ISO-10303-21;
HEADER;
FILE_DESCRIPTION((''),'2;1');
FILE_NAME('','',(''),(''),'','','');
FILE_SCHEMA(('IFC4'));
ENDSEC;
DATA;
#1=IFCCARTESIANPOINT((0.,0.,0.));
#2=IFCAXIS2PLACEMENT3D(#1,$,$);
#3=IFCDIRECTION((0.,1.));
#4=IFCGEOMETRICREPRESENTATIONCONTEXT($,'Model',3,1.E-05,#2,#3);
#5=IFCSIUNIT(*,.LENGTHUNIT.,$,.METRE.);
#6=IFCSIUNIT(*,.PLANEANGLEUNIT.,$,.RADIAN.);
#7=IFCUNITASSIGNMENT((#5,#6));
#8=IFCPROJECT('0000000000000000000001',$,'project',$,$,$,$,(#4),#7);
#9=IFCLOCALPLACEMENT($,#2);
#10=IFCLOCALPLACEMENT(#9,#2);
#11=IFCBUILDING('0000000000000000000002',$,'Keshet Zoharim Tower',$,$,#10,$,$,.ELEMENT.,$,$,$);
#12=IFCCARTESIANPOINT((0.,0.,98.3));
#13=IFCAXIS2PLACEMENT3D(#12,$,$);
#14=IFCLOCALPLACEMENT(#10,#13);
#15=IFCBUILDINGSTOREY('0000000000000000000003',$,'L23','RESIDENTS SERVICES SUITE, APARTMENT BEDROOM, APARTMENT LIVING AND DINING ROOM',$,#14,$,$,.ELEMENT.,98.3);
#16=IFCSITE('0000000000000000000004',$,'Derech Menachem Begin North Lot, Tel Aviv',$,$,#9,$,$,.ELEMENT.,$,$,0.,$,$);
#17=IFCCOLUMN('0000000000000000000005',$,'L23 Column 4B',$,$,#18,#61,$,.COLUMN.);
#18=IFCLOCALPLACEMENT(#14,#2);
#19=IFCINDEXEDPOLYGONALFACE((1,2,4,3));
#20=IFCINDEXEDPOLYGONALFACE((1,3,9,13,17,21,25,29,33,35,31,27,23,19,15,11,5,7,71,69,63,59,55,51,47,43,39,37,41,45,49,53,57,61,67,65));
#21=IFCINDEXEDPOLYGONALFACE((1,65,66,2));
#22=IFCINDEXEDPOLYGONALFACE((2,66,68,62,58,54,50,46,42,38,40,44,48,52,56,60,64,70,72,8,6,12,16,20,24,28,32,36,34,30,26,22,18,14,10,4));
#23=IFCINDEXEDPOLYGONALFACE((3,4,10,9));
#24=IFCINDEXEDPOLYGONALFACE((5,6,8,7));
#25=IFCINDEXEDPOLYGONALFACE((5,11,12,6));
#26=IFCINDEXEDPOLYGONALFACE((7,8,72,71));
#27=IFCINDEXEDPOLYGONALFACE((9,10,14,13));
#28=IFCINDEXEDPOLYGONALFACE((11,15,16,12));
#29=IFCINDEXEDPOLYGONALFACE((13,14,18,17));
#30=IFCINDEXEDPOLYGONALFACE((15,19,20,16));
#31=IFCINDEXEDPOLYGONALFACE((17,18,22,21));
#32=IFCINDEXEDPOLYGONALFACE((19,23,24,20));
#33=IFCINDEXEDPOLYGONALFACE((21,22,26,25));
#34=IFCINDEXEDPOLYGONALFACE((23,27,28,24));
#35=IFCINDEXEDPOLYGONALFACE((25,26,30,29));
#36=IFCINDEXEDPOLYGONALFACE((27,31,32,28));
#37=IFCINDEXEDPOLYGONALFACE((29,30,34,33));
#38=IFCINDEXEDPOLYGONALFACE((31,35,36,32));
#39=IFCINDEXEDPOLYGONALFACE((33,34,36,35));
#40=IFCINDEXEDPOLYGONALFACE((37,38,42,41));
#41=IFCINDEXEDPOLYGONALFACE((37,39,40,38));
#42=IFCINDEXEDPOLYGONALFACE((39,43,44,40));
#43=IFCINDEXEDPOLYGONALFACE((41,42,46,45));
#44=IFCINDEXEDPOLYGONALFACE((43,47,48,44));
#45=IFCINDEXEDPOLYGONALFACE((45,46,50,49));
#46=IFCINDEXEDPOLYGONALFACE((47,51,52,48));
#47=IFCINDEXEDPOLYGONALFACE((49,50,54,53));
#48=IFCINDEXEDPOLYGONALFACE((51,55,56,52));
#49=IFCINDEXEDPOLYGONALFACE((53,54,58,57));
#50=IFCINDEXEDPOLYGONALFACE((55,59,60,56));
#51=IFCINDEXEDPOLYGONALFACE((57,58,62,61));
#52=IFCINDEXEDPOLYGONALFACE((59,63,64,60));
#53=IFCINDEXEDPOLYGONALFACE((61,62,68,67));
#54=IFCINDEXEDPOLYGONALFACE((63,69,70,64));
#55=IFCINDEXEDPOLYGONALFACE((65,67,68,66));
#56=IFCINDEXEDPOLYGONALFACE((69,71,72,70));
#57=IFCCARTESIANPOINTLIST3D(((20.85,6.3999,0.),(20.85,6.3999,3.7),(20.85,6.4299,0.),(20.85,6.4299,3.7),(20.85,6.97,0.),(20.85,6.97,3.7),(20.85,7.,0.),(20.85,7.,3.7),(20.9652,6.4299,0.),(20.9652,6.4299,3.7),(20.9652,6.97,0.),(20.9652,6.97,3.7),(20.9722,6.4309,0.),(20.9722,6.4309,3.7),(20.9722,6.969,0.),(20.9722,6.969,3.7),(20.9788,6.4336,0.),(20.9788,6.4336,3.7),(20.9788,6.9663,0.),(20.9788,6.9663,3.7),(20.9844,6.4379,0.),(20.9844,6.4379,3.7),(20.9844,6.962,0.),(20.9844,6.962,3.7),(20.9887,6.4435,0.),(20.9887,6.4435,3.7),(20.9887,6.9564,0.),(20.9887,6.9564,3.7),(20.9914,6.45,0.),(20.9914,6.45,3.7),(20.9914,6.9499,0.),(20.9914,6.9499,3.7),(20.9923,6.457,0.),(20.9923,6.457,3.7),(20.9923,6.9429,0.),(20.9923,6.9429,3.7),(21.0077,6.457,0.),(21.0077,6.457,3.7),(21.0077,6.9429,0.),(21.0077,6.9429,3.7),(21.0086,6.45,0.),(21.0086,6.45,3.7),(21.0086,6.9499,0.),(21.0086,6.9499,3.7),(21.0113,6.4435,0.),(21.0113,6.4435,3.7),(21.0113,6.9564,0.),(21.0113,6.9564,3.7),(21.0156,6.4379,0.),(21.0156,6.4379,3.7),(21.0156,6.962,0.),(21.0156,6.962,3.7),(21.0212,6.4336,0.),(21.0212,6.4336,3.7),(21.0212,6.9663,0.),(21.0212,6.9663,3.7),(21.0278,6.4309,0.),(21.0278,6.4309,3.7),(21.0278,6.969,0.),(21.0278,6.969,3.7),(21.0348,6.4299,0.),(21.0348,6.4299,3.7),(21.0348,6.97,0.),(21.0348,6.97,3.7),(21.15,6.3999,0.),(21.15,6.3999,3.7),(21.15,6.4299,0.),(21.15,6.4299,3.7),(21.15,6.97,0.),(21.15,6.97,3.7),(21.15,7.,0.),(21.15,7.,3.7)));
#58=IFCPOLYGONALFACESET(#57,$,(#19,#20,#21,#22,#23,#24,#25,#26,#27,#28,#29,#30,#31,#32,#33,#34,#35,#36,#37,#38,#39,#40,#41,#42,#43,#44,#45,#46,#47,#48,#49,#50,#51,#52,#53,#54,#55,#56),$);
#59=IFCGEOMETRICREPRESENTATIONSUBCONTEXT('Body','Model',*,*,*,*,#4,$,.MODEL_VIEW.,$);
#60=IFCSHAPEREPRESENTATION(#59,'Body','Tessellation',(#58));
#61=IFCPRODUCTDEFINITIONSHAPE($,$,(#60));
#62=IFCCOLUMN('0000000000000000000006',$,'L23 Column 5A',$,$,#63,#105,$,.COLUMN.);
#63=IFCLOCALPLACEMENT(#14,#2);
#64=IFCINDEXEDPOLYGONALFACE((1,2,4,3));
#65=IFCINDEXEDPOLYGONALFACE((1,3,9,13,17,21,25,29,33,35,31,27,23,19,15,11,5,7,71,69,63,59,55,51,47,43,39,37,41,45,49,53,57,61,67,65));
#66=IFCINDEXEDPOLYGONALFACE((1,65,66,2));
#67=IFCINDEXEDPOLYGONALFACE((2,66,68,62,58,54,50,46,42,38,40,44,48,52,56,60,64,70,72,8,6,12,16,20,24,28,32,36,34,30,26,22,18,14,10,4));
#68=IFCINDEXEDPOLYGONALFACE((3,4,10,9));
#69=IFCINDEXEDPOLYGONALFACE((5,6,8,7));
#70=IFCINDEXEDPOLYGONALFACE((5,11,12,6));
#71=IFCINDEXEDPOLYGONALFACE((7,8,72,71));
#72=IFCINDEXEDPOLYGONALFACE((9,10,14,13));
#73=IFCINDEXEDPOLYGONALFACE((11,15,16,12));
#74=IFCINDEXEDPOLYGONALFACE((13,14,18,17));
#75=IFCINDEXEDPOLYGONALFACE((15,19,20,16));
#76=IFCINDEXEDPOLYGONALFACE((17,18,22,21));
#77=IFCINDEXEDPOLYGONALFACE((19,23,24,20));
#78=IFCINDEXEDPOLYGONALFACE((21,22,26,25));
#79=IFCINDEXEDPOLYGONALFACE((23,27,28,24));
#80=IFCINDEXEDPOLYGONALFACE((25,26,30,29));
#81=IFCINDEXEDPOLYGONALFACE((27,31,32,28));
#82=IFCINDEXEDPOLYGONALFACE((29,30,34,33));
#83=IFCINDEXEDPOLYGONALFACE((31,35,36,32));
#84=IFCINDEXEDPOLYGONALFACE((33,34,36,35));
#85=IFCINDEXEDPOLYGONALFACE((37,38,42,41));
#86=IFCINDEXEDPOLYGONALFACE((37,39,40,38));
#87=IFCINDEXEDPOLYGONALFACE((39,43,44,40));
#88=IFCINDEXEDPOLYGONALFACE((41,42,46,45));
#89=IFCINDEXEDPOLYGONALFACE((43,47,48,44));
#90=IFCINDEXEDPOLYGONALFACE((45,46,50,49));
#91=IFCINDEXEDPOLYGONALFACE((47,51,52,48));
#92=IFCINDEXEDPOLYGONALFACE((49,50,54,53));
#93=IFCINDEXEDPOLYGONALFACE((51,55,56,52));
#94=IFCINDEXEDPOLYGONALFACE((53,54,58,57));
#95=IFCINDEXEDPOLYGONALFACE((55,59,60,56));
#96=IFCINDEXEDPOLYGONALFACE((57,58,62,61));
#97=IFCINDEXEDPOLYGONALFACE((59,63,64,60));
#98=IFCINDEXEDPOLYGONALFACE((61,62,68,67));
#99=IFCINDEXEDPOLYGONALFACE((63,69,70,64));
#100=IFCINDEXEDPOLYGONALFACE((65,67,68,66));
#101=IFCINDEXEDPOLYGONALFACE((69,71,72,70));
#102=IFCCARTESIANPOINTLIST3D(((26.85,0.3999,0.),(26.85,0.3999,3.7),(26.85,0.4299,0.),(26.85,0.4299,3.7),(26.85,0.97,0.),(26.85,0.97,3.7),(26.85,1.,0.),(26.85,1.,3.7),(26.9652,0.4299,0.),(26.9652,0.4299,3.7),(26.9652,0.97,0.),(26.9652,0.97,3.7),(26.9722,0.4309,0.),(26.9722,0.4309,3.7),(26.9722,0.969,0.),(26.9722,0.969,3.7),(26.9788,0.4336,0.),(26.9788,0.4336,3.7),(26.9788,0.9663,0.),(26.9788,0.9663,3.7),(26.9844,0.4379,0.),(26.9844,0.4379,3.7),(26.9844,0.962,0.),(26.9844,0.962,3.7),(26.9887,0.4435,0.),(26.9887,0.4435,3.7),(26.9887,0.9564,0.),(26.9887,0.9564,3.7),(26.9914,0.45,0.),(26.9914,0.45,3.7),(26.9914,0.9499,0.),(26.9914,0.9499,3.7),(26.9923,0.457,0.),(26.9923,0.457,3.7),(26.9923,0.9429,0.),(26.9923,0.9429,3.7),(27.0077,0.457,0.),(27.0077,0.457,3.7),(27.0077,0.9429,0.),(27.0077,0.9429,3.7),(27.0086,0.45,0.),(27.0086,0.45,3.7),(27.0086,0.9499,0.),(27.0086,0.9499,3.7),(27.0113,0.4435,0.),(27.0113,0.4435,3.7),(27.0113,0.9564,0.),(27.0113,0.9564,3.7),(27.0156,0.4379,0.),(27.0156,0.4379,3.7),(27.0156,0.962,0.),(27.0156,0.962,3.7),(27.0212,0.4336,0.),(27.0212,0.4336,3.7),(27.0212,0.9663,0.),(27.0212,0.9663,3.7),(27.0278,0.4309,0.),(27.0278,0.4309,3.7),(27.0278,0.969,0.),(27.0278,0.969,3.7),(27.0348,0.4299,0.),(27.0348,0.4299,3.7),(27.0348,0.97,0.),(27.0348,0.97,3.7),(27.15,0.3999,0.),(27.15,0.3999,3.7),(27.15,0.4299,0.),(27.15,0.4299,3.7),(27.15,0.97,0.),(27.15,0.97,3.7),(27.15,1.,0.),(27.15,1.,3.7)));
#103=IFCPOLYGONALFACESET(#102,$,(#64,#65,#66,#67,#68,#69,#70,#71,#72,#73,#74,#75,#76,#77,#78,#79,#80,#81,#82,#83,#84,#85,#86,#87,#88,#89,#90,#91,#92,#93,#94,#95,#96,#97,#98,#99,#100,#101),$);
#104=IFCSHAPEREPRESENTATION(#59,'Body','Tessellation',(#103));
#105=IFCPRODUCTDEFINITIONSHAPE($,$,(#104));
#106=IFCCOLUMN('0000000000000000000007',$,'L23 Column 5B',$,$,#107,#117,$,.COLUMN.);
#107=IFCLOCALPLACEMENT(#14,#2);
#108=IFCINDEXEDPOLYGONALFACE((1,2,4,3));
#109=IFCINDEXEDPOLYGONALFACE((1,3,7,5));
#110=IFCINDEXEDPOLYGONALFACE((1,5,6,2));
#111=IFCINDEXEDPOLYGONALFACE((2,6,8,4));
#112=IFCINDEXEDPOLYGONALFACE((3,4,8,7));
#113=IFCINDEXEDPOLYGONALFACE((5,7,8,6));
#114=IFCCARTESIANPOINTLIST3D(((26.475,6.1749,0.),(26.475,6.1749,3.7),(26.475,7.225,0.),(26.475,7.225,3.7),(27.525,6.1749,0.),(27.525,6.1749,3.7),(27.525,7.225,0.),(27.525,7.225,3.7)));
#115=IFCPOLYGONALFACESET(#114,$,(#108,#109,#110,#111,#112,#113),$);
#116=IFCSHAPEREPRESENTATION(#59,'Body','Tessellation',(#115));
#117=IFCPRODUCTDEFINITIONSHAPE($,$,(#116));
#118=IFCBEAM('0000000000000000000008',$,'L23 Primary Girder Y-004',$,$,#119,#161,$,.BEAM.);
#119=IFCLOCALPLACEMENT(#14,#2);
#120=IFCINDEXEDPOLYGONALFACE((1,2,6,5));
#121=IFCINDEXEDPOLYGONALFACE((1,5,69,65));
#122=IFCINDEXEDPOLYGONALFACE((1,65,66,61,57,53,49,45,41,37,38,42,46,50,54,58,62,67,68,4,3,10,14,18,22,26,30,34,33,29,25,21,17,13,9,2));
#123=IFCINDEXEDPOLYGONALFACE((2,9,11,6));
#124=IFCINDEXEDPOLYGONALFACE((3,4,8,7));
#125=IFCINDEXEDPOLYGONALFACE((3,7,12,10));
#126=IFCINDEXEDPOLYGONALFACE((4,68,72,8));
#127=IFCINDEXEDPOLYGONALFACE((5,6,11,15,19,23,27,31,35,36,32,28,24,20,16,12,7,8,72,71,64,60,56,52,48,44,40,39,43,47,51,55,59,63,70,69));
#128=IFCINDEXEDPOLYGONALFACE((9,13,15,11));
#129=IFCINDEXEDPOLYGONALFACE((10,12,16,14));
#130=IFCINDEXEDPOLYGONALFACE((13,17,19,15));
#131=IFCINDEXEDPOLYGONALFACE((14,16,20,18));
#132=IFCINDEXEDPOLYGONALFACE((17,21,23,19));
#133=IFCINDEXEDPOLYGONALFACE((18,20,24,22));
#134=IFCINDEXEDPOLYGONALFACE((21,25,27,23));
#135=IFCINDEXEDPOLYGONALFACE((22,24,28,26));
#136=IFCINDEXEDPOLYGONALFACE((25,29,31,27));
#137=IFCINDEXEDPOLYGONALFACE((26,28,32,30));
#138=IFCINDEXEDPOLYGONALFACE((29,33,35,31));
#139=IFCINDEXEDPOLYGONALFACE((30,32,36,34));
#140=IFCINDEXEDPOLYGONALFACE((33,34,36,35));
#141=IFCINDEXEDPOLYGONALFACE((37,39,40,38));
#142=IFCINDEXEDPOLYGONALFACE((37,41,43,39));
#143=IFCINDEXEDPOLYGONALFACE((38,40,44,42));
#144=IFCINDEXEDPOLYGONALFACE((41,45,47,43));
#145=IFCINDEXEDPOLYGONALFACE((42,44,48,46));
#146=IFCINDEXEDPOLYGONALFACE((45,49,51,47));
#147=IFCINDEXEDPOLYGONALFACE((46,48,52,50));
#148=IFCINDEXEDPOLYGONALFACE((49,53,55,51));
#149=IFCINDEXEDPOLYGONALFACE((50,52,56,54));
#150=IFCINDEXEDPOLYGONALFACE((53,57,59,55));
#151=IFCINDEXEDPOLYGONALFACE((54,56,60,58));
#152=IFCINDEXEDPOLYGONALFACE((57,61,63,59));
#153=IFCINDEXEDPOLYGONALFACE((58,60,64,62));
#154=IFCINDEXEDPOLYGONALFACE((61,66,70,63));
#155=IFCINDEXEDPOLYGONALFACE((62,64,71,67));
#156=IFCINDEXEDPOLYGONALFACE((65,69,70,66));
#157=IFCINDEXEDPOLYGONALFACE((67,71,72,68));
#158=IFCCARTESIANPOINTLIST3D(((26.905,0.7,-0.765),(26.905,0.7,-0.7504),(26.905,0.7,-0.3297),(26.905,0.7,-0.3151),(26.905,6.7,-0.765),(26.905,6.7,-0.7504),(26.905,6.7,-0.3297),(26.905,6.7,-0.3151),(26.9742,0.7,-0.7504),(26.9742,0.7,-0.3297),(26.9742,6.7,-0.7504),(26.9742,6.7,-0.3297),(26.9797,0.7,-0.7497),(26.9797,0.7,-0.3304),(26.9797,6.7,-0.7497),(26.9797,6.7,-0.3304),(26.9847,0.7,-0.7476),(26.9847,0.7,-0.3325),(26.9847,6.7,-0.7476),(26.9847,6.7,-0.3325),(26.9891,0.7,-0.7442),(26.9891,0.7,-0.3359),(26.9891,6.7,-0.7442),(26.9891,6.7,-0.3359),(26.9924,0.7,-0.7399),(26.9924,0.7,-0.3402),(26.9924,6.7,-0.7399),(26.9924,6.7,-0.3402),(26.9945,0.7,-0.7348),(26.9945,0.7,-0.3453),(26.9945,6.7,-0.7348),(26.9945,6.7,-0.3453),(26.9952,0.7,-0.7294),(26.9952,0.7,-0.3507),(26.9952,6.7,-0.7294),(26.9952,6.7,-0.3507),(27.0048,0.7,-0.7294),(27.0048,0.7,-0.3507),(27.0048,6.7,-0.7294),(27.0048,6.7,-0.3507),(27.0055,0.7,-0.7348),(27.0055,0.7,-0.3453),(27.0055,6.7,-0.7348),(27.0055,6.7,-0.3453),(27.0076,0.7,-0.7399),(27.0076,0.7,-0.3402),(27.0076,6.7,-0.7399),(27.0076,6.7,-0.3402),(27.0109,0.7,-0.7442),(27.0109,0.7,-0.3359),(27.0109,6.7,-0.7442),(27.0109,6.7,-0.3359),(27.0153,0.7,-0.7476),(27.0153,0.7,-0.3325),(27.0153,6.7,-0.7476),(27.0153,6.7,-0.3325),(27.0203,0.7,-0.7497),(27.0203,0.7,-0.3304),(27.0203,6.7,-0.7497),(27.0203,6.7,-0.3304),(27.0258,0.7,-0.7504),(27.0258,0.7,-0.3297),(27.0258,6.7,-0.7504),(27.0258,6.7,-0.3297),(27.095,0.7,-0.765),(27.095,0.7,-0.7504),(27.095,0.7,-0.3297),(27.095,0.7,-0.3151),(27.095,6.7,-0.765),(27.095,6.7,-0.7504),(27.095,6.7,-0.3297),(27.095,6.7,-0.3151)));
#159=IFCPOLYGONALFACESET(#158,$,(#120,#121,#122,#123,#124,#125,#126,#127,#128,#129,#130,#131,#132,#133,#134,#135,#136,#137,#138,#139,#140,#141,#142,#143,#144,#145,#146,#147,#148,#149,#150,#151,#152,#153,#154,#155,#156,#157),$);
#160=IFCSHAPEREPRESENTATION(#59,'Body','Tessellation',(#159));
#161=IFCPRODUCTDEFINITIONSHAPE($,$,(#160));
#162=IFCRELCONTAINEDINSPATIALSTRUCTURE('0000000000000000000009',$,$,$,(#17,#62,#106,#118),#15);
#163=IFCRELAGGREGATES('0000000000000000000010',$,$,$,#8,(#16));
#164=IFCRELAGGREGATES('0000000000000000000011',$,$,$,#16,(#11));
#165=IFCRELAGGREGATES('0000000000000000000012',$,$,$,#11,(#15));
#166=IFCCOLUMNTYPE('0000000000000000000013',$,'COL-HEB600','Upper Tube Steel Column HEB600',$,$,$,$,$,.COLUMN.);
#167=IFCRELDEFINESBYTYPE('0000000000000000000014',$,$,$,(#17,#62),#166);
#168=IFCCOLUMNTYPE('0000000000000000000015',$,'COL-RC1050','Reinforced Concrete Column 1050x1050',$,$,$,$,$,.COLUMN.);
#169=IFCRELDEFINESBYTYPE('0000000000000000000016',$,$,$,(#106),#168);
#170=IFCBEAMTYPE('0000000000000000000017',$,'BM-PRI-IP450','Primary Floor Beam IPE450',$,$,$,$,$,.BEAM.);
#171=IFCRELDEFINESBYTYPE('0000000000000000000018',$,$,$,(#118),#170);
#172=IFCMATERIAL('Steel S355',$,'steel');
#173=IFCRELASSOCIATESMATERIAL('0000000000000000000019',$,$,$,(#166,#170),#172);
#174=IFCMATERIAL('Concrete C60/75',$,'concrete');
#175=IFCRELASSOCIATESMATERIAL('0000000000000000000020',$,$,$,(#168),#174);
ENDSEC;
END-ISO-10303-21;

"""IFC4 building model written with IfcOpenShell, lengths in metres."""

from ifc_helpers import new_model, si_unit, direction, frame, origin, origin_2d, place, context, subcontext, project, spatial, rectangle, i_section, extrude, material, material_profile, profile_set, type_object, element, save


model = new_model("IFC4")

# Units and contexts
model_context = context("Model", 3, precision=1e-05, world=origin(), true_north=direction((0.0, 1.0)))
body_context = subcontext(model_context, "Body", "Model", "MODEL_VIEW")
ifc_project = project(units=[si_unit("LENGTHUNIT", "METRE"), si_unit("PLANEANGLEUNIT", "RADIAN")], contexts=[model_context])

# Site, building, storey
site_placement = place(None, origin())
site = spatial("IfcSite", under=ifc_project, at=site_placement, Name="Derech Menachem Begin North Lot, Tel Aviv", CompositionType="ELEMENT", RefElevation=0.0)
building_placement = place(site_placement, origin())
building = spatial("IfcBuilding", under=site, at=building_placement, Name="Keshet Zoharim Tower", CompositionType="ELEMENT")
storey_placement = place(building_placement, frame((0.0, 0.0, 98.3)))
storey = spatial("IfcBuildingStorey", under=building, at=storey_placement, Name="L23", Description="RESIDENTS SERVICES SUITE, APARTMENT BEDROOM, APARTMENT LIVING AND DINING ROOM", CompositionType="ELEMENT", Elevation=98.3)

# Columns
ifc_material_1 = material(Name="Steel S355", Category="steel")
ifc_material_profile_1 = material_profile(ifc_material_1, i_section(OverallWidth=0.3, OverallDepth=0.6001, WebThickness=0.0154, FlangeThickness=0.03, FilletRadius=0.0271, at=origin_2d()), Name="HEB600")
ifc_profile_set_1 = profile_set([ifc_material_profile_1], Name="Steel S355")
column_type_1 = type_object("IfcColumnType", Name="COL-HEB600", Description="Upper Tube Steel Column HEB600", PredefinedType="COLUMN", material=ifc_profile_set_1)
for number, where, z_axis, x_axis, name in (
    (1, (21.0, 6.7, 0.0), (0.0, 0.0, 1.0), (1.0, 0.0, 0.0), "L23 Column 4B"),
    (2, (27.0, 0.7, 0.0), (0.0, 0.0, 1.0), (1.0, 0.0, 0.0), "L23 Column 5A"),
):
    element("IfcColumn", number, at=place(storey_placement, frame(where, z_axis=z_axis, x_axis=x_axis)), inside=storey, type_object=column_type_1, Name=name, PredefinedType="COLUMN", context=body_context, shape_type="SweptSolid", body=[
        extrude(i_section(OverallWidth=0.3, OverallDepth=0.6001, WebThickness=0.0154, FlangeThickness=0.03, FilletRadius=0.0271, at=origin_2d()), origin(), (0.0, 0.0, 1.0), 3.7),
    ])
ifc_material_2 = material(Name="Concrete C60/75", Category="concrete")
ifc_material_profile_2 = material_profile(ifc_material_2, rectangle(XDim=1.05, YDim=1.05, at=origin_2d()), Name="RC1050x1050")
ifc_profile_set_2 = profile_set([ifc_material_profile_2], Name="Concrete C60/75")
column_type_2 = type_object("IfcColumnType", Name="COL-RC1050", Description="Reinforced Concrete Column 1050x1050", PredefinedType="COLUMN", material=ifc_profile_set_2)
column_placement = place(storey_placement, frame((27.0, 6.7, 0.0), z_axis=(0.0, 0.0, 1.0), x_axis=(1.0, 0.0, 0.0)))
element("IfcColumn", 3, at=column_placement, inside=storey, type_object=column_type_2, Name="L23 Column 5B", PredefinedType="COLUMN", context=body_context, shape_type="SweptSolid", body=[
    extrude(rectangle(XDim=1.05, YDim=1.05, at=origin_2d()), origin(), (0.0, 0.0, 1.0), 3.7),
])

# Beam
ifc_material_profile_3 = material_profile(ifc_material_1, i_section(OverallWidth=0.1899, OverallDepth=0.45, WebThickness=0.0095, FlangeThickness=0.0146, FilletRadius=0.021, at=origin_2d()), Name="IPE450")
ifc_profile_set_3 = profile_set([ifc_material_profile_3], Name="Steel S355")
beam_type_1 = type_object("IfcBeamType", Name="BM-PRI-IP450", Description="Primary Floor Beam IPE450", PredefinedType="BEAM", material=ifc_profile_set_3)
beam_1_placement = place(storey_placement, frame((27.0, 0.7, -0.54), z_axis=(0.0, 1.0, 0.0), x_axis=(-1.0, 0.0, 0.0)))
element("IfcBeam", 4, at=beam_1_placement, inside=storey, type_object=beam_type_1, Name="L23 Primary Girder Y-004", PredefinedType="BEAM", context=body_context, shape_type="SweptSolid", body=[
    extrude(i_section(OverallWidth=0.1899, OverallDepth=0.45, WebThickness=0.0095, FlangeThickness=0.0146, FilletRadius=0.021, at=origin_2d()), origin(), (0.0, 0.0, 1.0), 6.0),
])

save(model, "model.ifc")
